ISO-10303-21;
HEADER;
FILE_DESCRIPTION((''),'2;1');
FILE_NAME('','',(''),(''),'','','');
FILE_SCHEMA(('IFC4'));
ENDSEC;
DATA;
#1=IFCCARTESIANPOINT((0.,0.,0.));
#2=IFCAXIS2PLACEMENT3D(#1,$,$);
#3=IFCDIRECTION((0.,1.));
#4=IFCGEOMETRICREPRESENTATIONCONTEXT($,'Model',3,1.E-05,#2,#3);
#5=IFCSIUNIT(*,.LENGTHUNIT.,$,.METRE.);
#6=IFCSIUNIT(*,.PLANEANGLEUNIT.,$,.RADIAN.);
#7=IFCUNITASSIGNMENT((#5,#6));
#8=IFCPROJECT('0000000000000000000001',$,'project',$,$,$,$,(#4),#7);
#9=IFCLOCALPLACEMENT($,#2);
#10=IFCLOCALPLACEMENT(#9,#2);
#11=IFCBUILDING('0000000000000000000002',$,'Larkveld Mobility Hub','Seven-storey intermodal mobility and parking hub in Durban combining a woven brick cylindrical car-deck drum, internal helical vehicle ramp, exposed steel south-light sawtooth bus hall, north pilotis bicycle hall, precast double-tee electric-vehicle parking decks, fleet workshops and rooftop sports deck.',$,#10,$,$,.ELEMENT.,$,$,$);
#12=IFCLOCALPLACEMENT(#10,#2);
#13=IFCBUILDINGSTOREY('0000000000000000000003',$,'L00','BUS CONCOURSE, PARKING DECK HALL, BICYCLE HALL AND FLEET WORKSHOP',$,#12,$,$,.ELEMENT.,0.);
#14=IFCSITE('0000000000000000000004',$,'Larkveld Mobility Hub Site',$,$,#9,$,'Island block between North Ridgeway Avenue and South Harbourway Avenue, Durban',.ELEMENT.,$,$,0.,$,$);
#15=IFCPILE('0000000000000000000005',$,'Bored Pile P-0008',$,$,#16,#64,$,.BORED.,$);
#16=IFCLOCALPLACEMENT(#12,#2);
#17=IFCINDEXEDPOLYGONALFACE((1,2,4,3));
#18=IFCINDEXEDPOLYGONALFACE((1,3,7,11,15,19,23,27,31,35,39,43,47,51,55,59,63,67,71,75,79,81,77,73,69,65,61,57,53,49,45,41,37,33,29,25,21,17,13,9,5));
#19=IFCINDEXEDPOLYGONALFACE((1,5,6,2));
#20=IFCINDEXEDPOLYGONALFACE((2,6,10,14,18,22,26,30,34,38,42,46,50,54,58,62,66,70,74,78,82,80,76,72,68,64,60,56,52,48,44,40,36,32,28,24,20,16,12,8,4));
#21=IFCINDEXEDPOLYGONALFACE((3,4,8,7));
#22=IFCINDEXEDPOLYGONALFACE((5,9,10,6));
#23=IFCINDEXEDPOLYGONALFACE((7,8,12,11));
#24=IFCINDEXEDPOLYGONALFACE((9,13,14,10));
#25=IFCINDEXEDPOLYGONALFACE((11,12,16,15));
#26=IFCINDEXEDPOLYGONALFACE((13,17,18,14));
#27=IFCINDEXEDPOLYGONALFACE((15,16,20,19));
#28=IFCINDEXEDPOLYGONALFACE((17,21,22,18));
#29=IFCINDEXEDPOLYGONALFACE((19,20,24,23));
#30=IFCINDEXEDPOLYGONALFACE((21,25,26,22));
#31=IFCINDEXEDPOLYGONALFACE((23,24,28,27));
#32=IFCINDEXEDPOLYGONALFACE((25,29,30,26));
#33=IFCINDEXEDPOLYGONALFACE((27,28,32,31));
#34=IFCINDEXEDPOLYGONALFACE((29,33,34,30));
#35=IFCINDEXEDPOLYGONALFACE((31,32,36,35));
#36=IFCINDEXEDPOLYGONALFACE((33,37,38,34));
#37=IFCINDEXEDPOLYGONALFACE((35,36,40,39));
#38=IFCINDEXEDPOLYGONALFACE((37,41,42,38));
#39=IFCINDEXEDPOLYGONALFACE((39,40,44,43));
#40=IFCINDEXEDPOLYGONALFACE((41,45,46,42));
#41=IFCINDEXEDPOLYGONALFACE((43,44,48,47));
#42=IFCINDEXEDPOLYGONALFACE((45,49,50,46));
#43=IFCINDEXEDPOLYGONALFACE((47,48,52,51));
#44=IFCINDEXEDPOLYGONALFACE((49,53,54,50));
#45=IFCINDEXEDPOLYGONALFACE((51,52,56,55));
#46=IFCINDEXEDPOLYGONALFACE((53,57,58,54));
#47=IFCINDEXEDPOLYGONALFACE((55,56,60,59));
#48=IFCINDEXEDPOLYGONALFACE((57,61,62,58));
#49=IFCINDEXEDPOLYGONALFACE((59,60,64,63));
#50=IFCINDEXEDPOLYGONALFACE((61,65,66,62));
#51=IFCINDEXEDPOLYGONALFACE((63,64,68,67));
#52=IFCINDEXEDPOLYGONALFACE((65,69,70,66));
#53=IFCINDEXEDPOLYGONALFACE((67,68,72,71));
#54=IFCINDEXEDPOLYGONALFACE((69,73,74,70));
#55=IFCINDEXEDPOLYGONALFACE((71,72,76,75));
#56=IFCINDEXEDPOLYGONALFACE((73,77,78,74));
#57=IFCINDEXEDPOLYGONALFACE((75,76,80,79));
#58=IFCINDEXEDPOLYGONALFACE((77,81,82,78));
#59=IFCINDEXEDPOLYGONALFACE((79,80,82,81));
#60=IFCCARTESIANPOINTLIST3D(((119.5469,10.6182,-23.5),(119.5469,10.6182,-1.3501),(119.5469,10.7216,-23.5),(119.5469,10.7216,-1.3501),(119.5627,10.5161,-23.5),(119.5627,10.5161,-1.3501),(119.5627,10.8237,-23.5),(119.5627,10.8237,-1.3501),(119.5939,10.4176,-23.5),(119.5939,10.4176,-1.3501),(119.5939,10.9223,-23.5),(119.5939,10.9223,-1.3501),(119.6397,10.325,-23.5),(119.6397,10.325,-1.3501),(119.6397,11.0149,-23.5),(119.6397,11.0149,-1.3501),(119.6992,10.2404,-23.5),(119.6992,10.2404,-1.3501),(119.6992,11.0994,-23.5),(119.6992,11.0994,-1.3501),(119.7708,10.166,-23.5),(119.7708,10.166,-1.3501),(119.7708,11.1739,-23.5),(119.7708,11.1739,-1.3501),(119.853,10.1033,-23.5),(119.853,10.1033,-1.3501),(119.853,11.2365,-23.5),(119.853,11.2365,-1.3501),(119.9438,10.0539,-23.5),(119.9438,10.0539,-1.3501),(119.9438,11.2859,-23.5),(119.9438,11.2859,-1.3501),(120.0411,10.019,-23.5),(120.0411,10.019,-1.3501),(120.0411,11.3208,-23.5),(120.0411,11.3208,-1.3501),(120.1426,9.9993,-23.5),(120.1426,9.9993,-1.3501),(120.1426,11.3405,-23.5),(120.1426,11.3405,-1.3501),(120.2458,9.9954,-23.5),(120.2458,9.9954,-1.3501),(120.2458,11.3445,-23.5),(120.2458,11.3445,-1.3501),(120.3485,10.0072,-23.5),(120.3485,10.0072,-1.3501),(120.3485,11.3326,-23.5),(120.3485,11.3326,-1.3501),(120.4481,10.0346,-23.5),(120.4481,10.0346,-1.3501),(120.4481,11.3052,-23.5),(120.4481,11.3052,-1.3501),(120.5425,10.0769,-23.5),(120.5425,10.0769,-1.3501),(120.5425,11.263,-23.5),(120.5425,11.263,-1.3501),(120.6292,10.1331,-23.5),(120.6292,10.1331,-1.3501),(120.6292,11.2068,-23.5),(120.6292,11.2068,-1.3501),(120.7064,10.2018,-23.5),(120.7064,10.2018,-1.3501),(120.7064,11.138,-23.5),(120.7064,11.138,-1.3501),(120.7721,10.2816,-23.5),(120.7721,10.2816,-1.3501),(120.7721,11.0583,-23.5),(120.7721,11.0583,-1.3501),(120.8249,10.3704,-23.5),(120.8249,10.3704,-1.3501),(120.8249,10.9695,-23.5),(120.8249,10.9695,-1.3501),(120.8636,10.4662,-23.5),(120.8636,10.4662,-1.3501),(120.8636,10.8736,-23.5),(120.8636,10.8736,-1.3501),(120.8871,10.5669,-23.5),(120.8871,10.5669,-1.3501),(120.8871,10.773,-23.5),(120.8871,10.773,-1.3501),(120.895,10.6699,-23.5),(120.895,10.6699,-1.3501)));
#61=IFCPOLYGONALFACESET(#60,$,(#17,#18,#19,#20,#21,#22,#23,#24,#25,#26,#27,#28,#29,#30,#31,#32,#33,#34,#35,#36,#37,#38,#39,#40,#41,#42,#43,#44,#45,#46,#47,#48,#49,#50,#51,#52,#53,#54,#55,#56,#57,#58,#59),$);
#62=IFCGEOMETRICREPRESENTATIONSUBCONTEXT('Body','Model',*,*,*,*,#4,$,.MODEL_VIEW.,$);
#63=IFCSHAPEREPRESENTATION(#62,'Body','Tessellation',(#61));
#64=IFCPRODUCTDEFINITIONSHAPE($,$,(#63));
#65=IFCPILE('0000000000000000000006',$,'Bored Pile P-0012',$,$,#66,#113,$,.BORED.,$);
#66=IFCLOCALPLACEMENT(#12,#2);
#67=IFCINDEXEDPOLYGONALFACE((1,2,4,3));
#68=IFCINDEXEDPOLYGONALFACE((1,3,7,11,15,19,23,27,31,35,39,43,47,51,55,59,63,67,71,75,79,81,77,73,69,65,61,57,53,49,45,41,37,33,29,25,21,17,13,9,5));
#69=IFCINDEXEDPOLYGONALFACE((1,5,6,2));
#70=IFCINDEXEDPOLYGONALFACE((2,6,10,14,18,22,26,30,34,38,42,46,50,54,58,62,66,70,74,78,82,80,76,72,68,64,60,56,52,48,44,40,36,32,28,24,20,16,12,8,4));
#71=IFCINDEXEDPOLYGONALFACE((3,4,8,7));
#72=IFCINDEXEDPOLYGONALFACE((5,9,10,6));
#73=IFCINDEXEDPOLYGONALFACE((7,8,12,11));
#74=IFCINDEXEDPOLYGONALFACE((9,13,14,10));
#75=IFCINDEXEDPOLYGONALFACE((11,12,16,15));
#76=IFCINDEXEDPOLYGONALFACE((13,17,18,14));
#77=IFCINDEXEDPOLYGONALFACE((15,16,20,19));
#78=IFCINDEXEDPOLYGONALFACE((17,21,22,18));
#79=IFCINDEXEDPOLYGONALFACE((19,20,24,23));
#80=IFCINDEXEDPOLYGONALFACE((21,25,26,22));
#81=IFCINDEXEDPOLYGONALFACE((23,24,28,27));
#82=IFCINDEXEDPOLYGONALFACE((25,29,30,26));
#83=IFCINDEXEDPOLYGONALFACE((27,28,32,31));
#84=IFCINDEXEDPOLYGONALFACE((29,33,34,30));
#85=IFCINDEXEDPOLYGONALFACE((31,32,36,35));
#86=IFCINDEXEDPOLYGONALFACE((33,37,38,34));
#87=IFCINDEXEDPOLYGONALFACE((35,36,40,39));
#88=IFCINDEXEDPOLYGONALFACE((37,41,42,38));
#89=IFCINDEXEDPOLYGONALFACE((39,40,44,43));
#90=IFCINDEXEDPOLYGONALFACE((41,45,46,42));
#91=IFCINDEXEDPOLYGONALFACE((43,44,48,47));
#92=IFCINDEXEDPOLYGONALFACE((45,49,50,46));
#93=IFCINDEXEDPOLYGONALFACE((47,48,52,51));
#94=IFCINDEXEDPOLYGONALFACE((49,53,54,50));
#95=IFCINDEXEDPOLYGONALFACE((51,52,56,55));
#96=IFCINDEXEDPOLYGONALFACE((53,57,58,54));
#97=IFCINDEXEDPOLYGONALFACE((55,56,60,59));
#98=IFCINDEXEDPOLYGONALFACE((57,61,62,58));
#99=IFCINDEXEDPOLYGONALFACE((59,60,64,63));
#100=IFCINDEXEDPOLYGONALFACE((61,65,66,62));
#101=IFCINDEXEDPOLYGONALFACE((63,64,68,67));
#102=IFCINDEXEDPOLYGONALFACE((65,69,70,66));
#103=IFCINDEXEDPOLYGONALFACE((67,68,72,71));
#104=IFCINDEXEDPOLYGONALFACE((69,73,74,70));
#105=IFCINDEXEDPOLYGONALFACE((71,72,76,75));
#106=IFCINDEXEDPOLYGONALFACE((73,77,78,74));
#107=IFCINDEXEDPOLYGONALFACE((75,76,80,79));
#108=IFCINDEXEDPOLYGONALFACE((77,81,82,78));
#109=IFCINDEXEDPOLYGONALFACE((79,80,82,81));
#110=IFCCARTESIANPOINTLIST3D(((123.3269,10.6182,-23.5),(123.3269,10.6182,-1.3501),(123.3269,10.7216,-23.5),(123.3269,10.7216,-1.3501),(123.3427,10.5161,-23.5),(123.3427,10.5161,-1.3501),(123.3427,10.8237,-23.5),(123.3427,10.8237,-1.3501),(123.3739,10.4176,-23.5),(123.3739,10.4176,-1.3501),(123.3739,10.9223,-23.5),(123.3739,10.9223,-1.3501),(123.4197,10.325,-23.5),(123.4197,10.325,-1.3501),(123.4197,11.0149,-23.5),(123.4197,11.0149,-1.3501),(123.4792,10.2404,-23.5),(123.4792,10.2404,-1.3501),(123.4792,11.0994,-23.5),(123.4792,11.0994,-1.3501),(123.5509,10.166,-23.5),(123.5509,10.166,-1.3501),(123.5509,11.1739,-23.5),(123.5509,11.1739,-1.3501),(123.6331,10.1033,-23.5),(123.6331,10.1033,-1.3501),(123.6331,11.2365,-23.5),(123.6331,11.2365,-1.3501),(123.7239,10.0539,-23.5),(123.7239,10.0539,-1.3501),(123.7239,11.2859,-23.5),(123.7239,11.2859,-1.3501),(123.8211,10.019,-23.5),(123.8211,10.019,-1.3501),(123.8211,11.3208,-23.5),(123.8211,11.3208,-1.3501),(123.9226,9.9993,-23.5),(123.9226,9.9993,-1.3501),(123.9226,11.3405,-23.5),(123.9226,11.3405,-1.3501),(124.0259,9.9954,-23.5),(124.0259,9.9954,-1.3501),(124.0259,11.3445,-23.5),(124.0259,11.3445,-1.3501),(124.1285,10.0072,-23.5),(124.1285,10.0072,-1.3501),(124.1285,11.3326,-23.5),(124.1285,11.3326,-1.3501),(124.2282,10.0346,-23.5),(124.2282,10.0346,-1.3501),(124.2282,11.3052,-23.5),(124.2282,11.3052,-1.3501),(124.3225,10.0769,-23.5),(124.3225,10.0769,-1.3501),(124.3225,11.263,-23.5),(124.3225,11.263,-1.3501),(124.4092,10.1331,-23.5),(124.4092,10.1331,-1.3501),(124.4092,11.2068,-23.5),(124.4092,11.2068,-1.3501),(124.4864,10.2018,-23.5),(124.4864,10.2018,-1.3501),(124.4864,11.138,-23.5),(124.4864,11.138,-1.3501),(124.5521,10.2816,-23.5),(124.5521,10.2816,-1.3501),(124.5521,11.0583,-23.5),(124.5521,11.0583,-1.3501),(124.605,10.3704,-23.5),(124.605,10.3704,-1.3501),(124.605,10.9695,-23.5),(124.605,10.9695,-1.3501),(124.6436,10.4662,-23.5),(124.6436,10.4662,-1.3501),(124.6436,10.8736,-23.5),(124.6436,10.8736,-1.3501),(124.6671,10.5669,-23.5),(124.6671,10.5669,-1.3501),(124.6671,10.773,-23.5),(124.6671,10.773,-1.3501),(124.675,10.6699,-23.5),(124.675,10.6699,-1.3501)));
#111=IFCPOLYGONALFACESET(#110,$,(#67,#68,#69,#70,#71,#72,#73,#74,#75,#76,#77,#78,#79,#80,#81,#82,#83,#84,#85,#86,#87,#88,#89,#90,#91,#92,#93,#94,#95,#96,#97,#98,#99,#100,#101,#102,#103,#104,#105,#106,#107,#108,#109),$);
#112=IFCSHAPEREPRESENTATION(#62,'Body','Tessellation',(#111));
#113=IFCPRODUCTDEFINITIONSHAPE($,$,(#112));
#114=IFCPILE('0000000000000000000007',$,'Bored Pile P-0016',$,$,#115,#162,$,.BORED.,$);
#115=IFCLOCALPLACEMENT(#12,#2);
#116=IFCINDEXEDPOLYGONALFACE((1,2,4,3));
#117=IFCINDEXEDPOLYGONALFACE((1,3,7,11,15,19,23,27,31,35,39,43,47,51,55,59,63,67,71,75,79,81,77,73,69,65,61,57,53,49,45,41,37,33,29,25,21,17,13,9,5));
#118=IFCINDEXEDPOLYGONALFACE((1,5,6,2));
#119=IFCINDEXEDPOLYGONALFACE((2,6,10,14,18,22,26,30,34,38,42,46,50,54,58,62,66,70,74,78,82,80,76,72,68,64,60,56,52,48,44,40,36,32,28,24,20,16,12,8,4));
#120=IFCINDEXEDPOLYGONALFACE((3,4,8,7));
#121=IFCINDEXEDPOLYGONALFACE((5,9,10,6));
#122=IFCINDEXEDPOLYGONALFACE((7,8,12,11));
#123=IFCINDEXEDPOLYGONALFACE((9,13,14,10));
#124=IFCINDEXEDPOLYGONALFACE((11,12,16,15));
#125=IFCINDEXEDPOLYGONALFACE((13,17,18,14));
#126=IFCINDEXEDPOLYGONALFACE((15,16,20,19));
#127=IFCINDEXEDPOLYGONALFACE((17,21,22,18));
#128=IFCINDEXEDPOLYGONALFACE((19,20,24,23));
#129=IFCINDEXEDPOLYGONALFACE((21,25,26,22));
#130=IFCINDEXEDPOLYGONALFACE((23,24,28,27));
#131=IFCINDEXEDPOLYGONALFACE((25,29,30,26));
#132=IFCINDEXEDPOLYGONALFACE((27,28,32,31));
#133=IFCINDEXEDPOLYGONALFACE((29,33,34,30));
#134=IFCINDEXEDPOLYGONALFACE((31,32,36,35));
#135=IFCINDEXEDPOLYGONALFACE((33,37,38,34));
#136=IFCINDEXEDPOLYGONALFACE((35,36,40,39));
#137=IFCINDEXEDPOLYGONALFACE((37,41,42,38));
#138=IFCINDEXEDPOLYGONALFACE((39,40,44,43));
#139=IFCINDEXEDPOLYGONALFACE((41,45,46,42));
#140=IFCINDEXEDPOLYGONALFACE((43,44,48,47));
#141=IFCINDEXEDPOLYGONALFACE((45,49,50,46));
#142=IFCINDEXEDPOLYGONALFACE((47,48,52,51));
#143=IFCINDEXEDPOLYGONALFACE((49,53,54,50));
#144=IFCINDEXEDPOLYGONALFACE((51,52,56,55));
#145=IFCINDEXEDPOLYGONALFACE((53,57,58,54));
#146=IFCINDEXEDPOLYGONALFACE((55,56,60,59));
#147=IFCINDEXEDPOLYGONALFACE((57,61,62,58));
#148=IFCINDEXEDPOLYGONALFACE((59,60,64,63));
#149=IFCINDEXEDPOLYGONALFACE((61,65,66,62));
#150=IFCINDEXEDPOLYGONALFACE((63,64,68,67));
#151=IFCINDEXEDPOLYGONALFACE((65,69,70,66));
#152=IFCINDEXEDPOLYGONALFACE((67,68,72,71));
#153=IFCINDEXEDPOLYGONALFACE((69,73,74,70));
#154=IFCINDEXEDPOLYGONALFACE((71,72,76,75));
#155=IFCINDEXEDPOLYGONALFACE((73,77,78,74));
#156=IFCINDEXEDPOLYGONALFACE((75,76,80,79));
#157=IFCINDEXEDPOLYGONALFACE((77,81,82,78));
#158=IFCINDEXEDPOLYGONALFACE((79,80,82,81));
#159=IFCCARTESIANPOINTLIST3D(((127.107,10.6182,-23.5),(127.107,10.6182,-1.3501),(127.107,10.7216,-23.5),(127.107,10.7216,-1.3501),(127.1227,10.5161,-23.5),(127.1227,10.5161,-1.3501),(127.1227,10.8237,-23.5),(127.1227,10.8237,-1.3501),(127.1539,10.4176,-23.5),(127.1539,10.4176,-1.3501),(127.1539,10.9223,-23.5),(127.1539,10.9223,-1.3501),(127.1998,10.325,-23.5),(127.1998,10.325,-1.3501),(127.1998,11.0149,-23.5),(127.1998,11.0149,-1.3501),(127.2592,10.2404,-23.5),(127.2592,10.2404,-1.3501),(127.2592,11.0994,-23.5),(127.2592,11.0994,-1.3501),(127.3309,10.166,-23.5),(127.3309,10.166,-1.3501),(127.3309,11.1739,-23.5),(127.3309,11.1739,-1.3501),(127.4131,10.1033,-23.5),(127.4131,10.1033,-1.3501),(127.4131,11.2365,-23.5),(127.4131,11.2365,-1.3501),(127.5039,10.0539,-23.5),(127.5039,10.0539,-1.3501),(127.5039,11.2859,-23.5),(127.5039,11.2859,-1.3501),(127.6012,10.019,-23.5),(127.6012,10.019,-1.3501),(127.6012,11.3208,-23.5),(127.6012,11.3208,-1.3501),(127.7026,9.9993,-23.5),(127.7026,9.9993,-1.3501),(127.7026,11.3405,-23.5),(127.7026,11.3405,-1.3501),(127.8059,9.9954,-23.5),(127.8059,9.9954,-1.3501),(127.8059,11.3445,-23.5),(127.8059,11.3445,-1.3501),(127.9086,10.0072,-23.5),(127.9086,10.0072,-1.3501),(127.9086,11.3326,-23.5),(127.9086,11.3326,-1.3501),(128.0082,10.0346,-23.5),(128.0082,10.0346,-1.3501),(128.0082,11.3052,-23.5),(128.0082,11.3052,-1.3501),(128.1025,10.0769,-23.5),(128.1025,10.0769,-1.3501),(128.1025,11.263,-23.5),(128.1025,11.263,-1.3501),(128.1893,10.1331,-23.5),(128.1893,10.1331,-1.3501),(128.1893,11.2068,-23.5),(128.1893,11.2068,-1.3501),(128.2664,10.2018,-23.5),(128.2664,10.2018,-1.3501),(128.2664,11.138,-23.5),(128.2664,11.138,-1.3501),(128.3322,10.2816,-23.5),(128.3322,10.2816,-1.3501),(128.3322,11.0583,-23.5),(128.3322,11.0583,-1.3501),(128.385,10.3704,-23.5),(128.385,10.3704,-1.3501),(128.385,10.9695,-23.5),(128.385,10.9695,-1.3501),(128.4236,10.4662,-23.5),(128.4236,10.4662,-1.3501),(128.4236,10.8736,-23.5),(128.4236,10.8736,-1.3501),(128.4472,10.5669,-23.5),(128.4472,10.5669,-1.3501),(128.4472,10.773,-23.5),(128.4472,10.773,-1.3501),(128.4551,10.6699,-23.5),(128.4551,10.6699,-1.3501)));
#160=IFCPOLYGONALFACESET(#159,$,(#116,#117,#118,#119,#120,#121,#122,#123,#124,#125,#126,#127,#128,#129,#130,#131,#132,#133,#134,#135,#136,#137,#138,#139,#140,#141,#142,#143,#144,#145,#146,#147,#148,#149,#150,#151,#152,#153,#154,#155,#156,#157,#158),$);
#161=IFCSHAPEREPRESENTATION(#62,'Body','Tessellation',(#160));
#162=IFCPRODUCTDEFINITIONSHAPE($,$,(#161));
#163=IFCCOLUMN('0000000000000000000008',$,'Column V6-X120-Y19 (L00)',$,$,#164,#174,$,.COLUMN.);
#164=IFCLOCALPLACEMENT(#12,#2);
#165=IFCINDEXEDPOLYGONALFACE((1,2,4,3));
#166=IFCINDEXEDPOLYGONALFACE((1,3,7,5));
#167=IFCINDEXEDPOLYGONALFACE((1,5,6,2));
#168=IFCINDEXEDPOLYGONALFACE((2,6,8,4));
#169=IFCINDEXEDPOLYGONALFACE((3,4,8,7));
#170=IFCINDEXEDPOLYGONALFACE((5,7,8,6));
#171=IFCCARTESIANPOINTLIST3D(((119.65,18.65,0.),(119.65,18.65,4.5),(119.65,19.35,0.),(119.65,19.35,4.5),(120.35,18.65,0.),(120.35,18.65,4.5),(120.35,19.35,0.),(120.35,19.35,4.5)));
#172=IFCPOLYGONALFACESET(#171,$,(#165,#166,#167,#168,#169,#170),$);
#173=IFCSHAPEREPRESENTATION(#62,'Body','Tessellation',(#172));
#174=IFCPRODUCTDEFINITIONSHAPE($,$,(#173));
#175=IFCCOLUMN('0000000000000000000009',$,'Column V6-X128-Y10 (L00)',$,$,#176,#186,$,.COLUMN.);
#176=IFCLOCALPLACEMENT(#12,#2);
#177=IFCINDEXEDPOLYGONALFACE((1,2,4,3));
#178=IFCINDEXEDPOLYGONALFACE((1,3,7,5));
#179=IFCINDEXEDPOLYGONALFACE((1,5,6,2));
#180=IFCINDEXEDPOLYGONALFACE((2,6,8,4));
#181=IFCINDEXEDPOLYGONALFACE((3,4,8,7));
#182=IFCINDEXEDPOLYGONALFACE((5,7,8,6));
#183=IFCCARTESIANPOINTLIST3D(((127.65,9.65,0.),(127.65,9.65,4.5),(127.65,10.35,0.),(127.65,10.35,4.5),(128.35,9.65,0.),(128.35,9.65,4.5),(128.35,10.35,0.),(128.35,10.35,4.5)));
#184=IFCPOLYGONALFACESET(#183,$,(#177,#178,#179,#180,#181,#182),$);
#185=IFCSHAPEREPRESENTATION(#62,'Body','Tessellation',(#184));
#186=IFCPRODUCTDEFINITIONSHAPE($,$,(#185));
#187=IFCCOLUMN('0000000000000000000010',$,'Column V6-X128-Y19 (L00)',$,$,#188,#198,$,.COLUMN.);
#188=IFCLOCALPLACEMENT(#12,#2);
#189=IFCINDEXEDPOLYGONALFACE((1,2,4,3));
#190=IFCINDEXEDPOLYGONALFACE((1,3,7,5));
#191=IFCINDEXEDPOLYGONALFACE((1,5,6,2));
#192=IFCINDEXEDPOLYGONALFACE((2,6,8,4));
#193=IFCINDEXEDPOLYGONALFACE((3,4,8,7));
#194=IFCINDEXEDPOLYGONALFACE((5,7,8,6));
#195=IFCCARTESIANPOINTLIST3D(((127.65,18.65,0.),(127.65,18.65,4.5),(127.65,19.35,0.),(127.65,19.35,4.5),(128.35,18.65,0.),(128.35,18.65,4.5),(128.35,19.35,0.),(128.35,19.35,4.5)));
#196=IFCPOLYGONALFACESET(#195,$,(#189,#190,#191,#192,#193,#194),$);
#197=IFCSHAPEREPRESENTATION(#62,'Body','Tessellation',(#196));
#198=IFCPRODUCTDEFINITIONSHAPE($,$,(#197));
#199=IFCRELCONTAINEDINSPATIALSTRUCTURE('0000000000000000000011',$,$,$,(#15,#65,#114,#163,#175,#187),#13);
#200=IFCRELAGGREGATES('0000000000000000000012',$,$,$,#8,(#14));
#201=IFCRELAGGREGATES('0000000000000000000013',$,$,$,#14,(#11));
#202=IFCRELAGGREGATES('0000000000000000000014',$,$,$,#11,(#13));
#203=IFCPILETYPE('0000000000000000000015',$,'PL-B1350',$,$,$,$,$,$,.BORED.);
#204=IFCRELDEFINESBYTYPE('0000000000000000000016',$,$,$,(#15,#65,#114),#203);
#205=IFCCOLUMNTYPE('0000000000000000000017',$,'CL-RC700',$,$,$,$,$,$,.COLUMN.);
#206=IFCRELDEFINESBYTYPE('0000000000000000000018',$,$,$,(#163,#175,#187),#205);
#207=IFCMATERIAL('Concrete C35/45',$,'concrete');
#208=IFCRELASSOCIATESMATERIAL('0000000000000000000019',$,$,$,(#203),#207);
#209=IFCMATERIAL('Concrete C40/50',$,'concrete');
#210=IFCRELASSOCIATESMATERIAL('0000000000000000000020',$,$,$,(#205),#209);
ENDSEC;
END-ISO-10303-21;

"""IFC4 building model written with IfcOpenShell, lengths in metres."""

from ifc_helpers import new_model, si_unit, direction, frame, origin, origin_2d, place, context, subcontext, project, spatial, rectangle, circle, extrude, material, material_profile, profile_set, type_object, element, save


model = new_model("IFC4")

# Units and contexts
model_context = context("Model", 3, precision=1e-05, world=origin(), true_north=direction((0.0, 1.0)))
body_context = subcontext(model_context, "Body", "Model", "MODEL_VIEW")
ifc_project = project(units=[si_unit("LENGTHUNIT", "METRE"), si_unit("PLANEANGLEUNIT", "RADIAN")], contexts=[model_context])

# Site, building, storey
site_placement = place(None, origin())
site = spatial("IfcSite", under=ifc_project, at=site_placement, Name="Larkveld Mobility Hub Site", LongName="Island block between North Ridgeway Avenue and South Harbourway Avenue, Durban", CompositionType="ELEMENT", RefElevation=0.0)
building_placement = place(site_placement, origin())
building = spatial("IfcBuilding", under=site, at=building_placement, Name="Larkveld Mobility Hub", Description="Seven-storey intermodal mobility and parking hub in Durban combining a woven brick cylindrical car-deck drum, internal helical vehicle ramp, exposed steel south-light sawtooth bus hall, north pilotis bicycle hall, precast double-tee electric-vehicle parking decks, fleet workshops and rooftop sports deck.", CompositionType="ELEMENT")
storey_placement = place(building_placement, origin())
storey = spatial("IfcBuildingStorey", under=building, at=storey_placement, Name="L00", Description="BUS CONCOURSE, PARKING DECK HALL, BICYCLE HALL AND FLEET WORKSHOP", CompositionType="ELEMENT", Elevation=0.0)

# Shared definitions
ifc_material_1 = material(Name="Concrete C35/45", Category="concrete")

# Piles
ifc_material_profile_1 = material_profile(ifc_material_1, circle(Radius=0.675, at=origin_2d()), Name="PILE D1350")
ifc_profile_set_1 = profile_set([ifc_material_profile_1], Name="Concrete C35/45")
pile_type_1 = type_object("IfcPileType", Name="PL-B1350", PredefinedType="BORED", material=ifc_profile_set_1)
for number, where, z_axis, x_axis, name in (
    (1, (120.22, 10.6699, -1.3501), (0.0, 0.0, -1.0), (1.0, 0.0, 0.0), "Bored Pile P-0008"),
    (2, (124.0, 10.6699, -1.3501), (0.0, 0.0, -1.0), (1.0, 0.0, 0.0), "Bored Pile P-0012"),
    (3, (127.78, 10.6699, -1.3501), (0.0, 0.0, -1.0), (1.0, 0.0, 0.0), "Bored Pile P-0016"),
):
    element("IfcPile", number, at=place(storey_placement, frame(where, z_axis=z_axis, x_axis=x_axis)), inside=storey, type_object=pile_type_1, Name=name, PredefinedType="BORED", context=body_context, shape_type="SweptSolid", body=[
        extrude(circle(Radius=0.675, at=origin_2d()), origin(), (0.0, 0.0, 1.0), 22.1499),
    ])

# Columns
ifc_material_2 = material(Name="Concrete C40/50", Category="concrete")
ifc_material_profile_2 = material_profile(ifc_material_2, rectangle(XDim=0.7, YDim=0.7, at=origin_2d()), Name="RC COL 700x700")
ifc_profile_set_2 = profile_set([ifc_material_profile_2], Name="Concrete C40/50")
column_type = type_object("IfcColumnType", Name="CL-RC700", PredefinedType="COLUMN", material=ifc_profile_set_2)
for number, where, z_axis, x_axis, name in (
    (4, (120.0, 19.0, 0.0), (0.0, 0.0, 1.0), (1.0, 0.0, 0.0), "Column V6-X120-Y19 (L00)"),
    (5, (128.0, 10.0, 0.0), (0.0, 0.0, 1.0), (1.0, 0.0, 0.0), "Column V6-X128-Y10 (L00)"),
    (6, (128.0, 19.0, 0.0), (0.0, 0.0, 1.0), (1.0, 0.0, 0.0), "Column V6-X128-Y19 (L00)"),
):
    element("IfcColumn", number, at=place(storey_placement, frame(where, z_axis=z_axis, x_axis=x_axis)), inside=storey, type_object=column_type, Name=name, PredefinedType="COLUMN", context=body_context, shape_type="SweptSolid", body=[
        extrude(rectangle(XDim=0.7, YDim=0.7, at=origin_2d()), origin(), (0.0, 0.0, 1.0), 4.5),
    ])

save(model, "model.ifc")
